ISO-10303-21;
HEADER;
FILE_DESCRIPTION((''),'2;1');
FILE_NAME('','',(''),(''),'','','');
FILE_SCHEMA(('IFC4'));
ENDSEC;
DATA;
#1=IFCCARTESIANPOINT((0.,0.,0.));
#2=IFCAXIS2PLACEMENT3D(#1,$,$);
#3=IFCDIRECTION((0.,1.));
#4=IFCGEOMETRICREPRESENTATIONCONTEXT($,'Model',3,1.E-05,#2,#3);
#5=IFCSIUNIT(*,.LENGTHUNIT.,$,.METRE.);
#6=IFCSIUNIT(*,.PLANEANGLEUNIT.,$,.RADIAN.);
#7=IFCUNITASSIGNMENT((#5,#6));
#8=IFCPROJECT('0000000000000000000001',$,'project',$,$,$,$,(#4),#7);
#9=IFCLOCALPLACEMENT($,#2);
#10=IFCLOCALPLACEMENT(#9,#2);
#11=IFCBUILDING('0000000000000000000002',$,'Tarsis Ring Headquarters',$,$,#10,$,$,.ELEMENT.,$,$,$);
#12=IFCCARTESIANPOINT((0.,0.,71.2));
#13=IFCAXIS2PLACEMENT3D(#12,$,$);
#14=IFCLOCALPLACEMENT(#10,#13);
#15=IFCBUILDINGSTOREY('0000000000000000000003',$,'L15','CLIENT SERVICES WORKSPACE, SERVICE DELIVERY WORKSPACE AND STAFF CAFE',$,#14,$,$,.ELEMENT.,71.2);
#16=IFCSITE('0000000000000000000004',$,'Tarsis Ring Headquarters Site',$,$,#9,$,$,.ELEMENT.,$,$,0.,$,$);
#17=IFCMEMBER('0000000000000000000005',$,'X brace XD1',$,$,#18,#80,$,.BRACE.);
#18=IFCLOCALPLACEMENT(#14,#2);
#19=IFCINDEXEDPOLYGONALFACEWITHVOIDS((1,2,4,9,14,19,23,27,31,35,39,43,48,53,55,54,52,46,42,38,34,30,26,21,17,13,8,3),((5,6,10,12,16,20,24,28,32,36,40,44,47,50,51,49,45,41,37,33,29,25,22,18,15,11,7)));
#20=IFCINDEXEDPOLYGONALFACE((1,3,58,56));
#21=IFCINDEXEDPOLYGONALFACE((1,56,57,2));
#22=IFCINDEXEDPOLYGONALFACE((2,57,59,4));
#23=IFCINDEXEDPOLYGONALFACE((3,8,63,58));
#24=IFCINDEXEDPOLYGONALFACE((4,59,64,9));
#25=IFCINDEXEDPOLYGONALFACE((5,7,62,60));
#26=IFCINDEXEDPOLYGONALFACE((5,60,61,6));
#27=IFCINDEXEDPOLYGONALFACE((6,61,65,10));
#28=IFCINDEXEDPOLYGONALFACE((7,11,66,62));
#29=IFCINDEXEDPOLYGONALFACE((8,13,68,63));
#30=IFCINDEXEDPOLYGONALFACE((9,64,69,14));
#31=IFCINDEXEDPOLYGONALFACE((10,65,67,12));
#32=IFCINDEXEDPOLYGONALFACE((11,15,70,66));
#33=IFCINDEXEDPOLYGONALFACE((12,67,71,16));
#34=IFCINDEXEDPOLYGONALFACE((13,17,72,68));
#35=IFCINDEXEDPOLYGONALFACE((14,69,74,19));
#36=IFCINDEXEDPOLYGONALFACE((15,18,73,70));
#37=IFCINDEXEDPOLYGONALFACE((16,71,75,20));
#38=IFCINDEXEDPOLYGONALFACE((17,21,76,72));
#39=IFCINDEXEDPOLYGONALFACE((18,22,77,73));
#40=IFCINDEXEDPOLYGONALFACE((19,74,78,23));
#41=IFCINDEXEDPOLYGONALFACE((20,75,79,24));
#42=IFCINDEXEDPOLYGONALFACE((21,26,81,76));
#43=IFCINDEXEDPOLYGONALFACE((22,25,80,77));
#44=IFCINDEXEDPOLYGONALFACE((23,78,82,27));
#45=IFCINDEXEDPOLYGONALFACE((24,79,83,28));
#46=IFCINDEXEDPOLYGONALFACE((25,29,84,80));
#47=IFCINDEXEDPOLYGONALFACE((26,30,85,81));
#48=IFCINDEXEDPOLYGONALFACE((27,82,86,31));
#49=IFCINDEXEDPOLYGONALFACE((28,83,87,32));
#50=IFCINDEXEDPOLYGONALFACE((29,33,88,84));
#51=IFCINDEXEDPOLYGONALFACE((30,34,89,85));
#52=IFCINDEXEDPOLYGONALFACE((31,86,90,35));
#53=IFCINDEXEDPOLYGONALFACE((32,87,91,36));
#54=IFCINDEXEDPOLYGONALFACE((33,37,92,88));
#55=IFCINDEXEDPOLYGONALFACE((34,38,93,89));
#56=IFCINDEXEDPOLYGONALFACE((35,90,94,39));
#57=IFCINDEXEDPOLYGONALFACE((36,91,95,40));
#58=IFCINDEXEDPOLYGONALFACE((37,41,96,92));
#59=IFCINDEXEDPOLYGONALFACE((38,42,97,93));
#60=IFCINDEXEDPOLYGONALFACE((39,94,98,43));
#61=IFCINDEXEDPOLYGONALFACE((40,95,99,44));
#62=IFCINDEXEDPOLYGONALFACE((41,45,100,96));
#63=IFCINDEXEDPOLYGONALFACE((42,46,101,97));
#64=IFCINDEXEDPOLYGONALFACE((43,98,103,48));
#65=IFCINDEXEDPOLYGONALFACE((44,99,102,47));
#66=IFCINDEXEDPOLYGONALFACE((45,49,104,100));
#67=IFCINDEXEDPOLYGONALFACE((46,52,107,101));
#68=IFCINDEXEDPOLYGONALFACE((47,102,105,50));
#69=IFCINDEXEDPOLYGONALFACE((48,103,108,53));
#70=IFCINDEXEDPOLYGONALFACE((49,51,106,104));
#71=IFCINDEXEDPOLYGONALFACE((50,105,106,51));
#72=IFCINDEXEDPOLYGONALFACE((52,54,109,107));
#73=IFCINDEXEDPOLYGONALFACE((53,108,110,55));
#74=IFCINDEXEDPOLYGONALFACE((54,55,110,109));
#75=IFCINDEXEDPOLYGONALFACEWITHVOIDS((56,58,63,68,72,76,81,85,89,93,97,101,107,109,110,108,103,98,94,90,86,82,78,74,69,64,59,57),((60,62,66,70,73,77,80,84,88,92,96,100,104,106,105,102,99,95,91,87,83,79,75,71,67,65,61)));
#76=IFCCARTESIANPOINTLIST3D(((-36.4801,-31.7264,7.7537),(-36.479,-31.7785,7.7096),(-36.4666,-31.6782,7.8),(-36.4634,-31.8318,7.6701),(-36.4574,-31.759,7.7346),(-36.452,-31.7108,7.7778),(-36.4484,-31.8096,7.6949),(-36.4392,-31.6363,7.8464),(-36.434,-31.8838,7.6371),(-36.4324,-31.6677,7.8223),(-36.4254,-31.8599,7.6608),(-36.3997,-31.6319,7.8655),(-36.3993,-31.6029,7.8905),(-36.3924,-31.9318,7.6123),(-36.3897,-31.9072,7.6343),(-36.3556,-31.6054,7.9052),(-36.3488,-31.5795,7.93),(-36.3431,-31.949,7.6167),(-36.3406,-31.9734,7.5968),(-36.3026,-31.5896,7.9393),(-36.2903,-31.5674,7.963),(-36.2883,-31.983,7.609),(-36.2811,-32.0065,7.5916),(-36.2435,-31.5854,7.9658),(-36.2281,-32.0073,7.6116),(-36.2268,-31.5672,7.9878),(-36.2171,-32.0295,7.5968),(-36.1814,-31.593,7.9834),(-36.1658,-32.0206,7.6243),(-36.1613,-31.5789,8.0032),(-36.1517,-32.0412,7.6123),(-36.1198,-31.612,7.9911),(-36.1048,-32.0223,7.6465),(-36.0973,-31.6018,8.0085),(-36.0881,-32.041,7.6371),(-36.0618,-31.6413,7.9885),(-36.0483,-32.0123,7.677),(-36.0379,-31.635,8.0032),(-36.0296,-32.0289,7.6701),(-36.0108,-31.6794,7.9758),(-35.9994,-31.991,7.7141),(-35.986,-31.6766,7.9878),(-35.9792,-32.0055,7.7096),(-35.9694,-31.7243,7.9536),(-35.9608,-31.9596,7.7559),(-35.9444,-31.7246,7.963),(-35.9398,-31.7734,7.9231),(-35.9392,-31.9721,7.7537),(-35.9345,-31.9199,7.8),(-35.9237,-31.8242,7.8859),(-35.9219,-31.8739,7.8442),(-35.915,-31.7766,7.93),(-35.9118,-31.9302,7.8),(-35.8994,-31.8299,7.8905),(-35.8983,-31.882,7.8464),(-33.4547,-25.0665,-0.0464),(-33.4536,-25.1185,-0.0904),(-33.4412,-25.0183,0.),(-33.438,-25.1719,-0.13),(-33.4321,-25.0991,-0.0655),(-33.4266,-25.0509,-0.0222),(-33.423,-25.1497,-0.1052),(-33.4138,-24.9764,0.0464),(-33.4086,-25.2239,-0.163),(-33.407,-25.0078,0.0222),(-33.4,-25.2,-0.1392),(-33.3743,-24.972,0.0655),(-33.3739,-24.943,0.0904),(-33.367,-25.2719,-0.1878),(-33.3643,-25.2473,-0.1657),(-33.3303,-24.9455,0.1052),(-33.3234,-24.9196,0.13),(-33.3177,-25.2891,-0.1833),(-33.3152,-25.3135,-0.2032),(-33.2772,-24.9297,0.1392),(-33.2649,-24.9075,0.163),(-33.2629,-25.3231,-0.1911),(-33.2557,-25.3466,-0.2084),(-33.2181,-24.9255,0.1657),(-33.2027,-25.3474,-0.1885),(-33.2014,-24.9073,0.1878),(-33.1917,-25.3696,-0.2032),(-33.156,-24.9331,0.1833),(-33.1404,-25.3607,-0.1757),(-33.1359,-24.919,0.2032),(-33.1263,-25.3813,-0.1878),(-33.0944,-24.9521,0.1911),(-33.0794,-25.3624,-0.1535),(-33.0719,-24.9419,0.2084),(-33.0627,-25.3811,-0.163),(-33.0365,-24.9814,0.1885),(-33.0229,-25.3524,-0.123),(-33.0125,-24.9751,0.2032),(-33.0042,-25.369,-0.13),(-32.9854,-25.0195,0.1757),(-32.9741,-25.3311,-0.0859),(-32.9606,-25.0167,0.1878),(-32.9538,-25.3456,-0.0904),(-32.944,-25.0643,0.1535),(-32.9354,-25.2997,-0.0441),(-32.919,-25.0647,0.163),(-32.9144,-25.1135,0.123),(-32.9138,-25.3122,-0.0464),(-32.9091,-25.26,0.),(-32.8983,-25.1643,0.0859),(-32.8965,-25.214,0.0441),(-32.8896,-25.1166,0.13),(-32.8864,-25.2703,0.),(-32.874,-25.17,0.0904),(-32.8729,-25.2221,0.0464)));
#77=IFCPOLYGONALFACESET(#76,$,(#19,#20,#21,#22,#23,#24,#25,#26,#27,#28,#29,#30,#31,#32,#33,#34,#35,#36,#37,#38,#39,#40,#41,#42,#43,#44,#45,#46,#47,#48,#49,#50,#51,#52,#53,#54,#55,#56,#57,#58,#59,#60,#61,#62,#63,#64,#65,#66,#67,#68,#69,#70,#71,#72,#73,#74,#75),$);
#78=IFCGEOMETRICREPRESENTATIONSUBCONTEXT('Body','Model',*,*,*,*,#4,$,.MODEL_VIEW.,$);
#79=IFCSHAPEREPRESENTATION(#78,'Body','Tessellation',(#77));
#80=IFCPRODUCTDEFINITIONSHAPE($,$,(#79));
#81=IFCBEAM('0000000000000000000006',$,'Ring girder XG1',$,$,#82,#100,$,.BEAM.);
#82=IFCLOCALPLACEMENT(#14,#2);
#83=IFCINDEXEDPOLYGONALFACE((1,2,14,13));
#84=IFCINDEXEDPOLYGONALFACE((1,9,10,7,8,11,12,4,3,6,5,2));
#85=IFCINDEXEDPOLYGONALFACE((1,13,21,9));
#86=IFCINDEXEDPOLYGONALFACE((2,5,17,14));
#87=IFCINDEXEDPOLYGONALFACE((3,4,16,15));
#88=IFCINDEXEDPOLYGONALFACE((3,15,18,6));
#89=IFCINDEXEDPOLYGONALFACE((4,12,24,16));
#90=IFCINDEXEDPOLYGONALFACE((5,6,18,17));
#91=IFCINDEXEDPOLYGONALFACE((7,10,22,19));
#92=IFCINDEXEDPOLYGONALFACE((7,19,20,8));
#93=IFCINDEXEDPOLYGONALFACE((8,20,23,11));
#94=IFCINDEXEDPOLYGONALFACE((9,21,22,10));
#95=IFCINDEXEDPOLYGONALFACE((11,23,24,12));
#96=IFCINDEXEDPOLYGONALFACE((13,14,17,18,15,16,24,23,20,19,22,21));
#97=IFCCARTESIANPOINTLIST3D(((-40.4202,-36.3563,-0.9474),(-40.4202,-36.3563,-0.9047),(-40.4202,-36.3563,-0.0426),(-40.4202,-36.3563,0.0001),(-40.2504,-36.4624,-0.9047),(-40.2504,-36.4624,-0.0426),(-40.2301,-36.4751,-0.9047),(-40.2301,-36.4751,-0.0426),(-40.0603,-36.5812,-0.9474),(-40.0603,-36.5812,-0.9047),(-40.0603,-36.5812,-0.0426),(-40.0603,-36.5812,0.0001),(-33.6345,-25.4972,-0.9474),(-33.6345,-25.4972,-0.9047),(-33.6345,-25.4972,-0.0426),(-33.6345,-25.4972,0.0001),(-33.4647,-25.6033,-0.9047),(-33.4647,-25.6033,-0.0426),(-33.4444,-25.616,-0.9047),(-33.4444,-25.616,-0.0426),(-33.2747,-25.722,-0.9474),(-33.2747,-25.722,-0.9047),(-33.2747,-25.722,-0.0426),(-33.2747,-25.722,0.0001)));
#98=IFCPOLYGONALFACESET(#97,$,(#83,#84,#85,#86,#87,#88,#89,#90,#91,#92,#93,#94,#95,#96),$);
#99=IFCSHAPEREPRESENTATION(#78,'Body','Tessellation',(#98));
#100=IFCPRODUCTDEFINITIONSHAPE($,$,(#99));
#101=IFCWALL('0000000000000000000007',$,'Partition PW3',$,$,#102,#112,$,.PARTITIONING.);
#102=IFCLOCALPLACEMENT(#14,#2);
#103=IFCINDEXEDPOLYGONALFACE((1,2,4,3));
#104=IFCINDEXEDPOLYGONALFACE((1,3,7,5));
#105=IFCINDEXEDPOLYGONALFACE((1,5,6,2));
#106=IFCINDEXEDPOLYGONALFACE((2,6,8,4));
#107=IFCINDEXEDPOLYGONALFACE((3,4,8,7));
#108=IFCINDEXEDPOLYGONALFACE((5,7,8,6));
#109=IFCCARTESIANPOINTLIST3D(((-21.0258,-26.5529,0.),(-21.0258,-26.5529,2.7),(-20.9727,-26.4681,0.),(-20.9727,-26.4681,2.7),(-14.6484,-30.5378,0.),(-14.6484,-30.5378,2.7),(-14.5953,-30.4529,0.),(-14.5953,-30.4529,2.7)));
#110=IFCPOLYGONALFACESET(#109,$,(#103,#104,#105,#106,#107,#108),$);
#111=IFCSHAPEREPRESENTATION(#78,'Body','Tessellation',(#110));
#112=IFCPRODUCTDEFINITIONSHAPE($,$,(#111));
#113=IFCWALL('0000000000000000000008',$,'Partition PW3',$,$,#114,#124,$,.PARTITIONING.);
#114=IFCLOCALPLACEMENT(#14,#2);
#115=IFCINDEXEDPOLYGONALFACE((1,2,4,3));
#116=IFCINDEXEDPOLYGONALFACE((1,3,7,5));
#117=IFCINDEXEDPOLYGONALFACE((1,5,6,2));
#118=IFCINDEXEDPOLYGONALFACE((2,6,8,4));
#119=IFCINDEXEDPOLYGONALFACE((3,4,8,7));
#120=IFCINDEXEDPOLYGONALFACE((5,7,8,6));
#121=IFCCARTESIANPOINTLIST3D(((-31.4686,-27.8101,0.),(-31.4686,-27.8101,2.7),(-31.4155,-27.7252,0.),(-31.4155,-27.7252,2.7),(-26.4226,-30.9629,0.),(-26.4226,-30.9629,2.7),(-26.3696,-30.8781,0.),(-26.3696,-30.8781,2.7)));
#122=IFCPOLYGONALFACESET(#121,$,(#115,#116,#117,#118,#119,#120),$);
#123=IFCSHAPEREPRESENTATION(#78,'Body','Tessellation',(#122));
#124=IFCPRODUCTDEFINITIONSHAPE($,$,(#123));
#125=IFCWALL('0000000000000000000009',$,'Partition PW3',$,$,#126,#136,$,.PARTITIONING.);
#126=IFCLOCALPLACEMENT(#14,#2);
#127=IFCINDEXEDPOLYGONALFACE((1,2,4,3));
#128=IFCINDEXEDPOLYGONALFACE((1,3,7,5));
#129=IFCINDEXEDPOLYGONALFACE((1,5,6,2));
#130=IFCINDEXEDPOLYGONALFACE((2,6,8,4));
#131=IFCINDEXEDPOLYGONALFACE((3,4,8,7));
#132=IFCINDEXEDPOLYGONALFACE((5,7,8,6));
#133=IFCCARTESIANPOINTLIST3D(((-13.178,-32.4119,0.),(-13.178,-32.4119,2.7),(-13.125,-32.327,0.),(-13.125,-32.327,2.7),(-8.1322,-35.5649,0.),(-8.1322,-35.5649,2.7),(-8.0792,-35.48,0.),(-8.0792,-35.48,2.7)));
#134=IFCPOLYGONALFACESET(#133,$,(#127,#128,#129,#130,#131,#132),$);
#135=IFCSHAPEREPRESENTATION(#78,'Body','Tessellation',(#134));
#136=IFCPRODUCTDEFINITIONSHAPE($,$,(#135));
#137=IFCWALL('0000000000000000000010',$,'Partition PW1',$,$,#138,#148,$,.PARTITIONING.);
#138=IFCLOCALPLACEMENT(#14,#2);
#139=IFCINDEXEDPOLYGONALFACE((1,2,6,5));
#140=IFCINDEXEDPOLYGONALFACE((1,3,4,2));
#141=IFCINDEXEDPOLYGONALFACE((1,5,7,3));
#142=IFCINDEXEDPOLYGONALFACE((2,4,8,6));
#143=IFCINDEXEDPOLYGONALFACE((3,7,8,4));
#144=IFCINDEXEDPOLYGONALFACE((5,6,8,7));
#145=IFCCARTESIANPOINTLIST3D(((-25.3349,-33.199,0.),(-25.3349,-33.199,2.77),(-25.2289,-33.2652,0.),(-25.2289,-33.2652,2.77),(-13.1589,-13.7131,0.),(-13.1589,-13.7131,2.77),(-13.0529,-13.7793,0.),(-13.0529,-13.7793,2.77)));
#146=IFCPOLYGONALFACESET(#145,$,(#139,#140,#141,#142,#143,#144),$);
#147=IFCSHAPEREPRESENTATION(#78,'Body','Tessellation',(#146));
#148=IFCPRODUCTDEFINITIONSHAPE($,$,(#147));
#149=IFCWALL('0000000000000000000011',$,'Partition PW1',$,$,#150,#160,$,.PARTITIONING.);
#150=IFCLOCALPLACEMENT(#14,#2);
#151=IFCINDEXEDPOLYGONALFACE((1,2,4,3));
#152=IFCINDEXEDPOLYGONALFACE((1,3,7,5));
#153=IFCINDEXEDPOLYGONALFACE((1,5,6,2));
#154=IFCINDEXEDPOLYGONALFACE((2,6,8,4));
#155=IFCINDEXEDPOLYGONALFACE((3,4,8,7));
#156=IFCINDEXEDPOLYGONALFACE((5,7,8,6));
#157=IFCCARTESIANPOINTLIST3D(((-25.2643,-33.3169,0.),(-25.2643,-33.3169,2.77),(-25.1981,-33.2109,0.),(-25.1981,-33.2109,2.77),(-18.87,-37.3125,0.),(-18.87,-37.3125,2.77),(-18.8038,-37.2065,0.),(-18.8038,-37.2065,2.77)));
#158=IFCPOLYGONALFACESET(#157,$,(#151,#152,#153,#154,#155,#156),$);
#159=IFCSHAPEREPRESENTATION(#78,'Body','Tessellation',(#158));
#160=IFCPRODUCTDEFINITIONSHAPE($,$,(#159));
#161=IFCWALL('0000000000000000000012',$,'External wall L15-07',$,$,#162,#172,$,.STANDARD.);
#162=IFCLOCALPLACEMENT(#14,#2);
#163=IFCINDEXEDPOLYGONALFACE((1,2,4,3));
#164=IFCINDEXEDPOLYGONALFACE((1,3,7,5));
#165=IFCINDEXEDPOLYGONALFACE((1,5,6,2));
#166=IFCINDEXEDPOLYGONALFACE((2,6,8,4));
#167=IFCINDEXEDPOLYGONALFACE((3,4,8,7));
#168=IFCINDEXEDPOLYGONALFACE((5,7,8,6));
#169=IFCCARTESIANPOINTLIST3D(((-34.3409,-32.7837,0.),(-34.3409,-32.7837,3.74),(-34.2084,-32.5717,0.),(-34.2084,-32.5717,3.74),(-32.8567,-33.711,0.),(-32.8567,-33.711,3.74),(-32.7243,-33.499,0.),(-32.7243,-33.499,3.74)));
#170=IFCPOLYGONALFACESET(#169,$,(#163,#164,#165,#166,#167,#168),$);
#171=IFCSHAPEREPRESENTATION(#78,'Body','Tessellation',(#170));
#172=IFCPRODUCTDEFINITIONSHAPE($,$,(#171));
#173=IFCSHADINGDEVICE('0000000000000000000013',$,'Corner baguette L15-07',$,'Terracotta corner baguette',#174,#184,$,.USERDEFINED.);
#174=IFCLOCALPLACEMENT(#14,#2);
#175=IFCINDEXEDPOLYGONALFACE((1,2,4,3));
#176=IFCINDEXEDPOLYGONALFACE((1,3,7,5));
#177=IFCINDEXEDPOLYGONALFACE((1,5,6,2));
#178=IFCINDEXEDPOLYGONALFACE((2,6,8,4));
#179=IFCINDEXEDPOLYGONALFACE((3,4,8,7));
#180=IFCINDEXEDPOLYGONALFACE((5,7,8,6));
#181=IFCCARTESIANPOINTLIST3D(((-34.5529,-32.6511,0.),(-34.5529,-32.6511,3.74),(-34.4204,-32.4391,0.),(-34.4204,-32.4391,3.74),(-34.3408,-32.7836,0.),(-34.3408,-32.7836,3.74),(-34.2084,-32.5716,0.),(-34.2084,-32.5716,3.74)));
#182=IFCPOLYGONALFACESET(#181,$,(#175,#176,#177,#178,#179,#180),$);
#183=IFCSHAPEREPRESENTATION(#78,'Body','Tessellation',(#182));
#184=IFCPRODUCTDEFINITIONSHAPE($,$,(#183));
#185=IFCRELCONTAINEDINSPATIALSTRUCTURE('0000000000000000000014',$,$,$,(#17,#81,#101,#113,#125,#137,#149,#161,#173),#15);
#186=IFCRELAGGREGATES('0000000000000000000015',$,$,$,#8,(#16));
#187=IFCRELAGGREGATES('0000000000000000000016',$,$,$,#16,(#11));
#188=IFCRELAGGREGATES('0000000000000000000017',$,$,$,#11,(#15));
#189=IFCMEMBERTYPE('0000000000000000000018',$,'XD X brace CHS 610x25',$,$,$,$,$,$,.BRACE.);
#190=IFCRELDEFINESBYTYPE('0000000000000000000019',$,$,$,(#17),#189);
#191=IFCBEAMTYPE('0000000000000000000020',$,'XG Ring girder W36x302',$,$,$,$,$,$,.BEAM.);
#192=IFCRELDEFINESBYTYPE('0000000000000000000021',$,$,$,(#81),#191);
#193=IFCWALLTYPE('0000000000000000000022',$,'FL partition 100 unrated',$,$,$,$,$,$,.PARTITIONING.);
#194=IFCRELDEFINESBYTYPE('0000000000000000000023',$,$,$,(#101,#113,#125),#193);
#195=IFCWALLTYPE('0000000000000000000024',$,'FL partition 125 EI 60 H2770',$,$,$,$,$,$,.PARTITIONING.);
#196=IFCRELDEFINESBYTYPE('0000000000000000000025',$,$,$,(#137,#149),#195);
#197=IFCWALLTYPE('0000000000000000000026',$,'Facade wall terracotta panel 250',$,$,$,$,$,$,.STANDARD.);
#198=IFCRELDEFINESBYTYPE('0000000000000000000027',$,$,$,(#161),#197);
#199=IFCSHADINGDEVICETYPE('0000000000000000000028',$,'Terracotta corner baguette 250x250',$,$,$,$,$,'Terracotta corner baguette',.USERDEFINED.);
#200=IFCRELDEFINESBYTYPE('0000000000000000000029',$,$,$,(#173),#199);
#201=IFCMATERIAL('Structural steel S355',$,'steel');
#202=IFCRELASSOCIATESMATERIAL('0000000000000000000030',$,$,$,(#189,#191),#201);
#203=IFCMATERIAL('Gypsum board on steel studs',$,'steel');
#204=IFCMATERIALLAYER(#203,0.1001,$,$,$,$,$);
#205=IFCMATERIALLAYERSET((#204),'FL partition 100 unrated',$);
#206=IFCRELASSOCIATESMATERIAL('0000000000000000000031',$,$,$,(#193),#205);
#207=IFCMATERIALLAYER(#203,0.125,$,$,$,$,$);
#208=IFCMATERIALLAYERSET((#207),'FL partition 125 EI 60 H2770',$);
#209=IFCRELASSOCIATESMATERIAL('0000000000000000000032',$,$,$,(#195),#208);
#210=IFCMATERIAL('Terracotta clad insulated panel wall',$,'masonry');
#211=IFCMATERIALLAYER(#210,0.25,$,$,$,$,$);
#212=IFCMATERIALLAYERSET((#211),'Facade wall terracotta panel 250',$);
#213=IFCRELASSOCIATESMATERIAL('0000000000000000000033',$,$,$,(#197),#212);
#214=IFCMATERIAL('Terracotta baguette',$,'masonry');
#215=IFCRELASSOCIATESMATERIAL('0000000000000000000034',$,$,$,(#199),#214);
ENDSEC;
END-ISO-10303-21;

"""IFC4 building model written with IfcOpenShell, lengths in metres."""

from ifc_helpers import new_model, si_unit, direction, frame, frame_2d, origin, origin_2d, place, context, subcontext, project, spatial, rectangle, hollow_circle, i_section, extrude, material, layer, layer_set, material_profile, profile_set, type_object, element, save


model = new_model("IFC4")

# Units and contexts
model_context = context("Model", 3, precision=1e-05, world=origin(), true_north=direction((0.0, 1.0)))
body_context = subcontext(model_context, "Body", "Model", "MODEL_VIEW")
ifc_project = project(units=[si_unit("LENGTHUNIT", "METRE"), si_unit("PLANEANGLEUNIT", "RADIAN")], contexts=[model_context])

# Site, building, storey
site_placement = place(None, origin())
site = spatial("IfcSite", under=ifc_project, at=site_placement, Name="Tarsis Ring Headquarters Site", CompositionType="ELEMENT", RefElevation=0.0)
building_placement = place(site_placement, origin())
building = spatial("IfcBuilding", under=site, at=building_placement, Name="Tarsis Ring Headquarters", CompositionType="ELEMENT")
storey_placement = place(building_placement, frame((0.0, 0.0, 71.2)))
storey = spatial("IfcBuildingStorey", under=building, at=storey_placement, Name="L15", Description="CLIENT SERVICES WORKSPACE, SERVICE DELIVERY WORKSPACE AND STAFF CAFE", CompositionType="ELEMENT", Elevation=71.2)

# Shared definitions
ifc_material_1 = material(Name="Structural steel S355", Category="steel")

# Member
ifc_material_profile_1 = material_profile(ifc_material_1, hollow_circle(Radius=0.3047, WallThickness=0.0249, at=origin_2d()), Name="CHS 610x25")
ifc_profile_set_1 = profile_set([ifc_material_profile_1], Name="Structural steel S355")
member_type = type_object("IfcMemberType", Name="XD X brace CHS 610x25", PredefinedType="BRACE", material=ifc_profile_set_1)
member_placement = place(storey_placement, frame((-33.1638, -25.1443, 0.0), z_axis=(-0.282922, -0.622808, 0.729428), x_axis=(0.910461, -0.413594, 0.0)))
element("IfcMember", 1, at=member_placement, inside=storey, type_object=member_type, Name="X brace XD1", PredefinedType="BRACE", context=body_context, shape_type="SweptSolid", body=[
    extrude(hollow_circle(Radius=0.3047, WallThickness=0.0249, at=origin_2d()), origin(), (0.0, 0.0, 1.0), 10.6934),
])

# Beam
ifc_material_profile_2 = material_profile(ifc_material_1, i_section(OverallWidth=0.4243, OverallDepth=0.9475, WebThickness=0.0239, FlangeThickness=0.0427, at=origin_2d()), Name="W36x302")
ifc_profile_set_2 = profile_set([ifc_material_profile_2], Name="Structural steel S355")
beam_type_1 = type_object("IfcBeamType", Name="XG Ring girder W36x302", PredefinedType="BEAM", material=ifc_profile_set_2)
beam_1_placement = place(storey_placement, frame((-33.4546, -25.6096, -0.4736), z_axis=(-0.529925, -0.848044, 0.0), x_axis=(0.848044, -0.529925, 0.0)))
element("IfcBeam", 2, at=beam_1_placement, inside=storey, type_object=beam_type_1, Name="Ring girder XG1", PredefinedType="BEAM", context=body_context, shape_type="SweptSolid", body=[
    extrude(i_section(OverallWidth=0.4243, OverallDepth=0.9475, WebThickness=0.0239, FlangeThickness=0.0427, at=origin_2d()), origin(), (0.0, 0.0, 1.0), 12.8049),
])

# Walls
ifc_material_2 = material(Name="Gypsum board on steel studs", Category="steel")
ifc_layer_1 = layer(ifc_material_2, 0.1001)
ifc_layer_set_1 = layer_set([ifc_layer_1], Name="FL partition 100 unrated")
wall_type_1 = type_object("IfcWallType", Name="FL partition 100 unrated", PredefinedType="PARTITIONING", material=ifc_layer_set_1)
wall_1_placement = place(storey_placement, frame((-20.9993, -26.5105, 0.0), z_axis=(0.0, 0.0, 1.0), x_axis=(0.84806, -0.5299, 0.0)))
element("IfcWall", 3, at=wall_1_placement, inside=storey, type_object=wall_type_1, Name="Partition PW3", PredefinedType="PARTITIONING", context=body_context, shape_type="SweptSolid", body=[
    extrude(rectangle(XDim=7.52, YDim=0.1001, at=frame_2d((3.76, 0.0))), origin(), (0.0, 0.0, 1.0), 2.7),
])
for number, where, z_axis, x_axis, name in (
    (4, (-31.4421, -27.7676, 0.0), (0.0, 0.0, 1.0), (0.848063, -0.529896, 0.0), "Partition PW3"),
    (5, (-13.1516, -32.3694, 0.0), (0.0, 0.0, 1.0), (0.848044, -0.529925, 0.0), "Partition PW3"),
):
    element("IfcWall", number, at=place(storey_placement, frame(where, z_axis=z_axis, x_axis=x_axis)), inside=storey, type_object=wall_type_1, Name=name, PredefinedType="PARTITIONING", context=body_context, shape_type="SweptSolid", body=[
        extrude(rectangle(XDim=5.95, YDim=0.1001, at=frame_2d((2.9751, 0.0))), origin(), (0.0, 0.0, 1.0), 2.7),
    ])
ifc_layer_2 = layer(ifc_material_2, 0.125)
ifc_layer_set_2 = layer_set([ifc_layer_2], Name="FL partition 125 EI 60 H2770")
wall_type_2 = type_object("IfcWallType", Name="FL partition 125 EI 60 H2770", PredefinedType="PARTITIONING", material=ifc_layer_set_2)
wall_2_placement = place(storey_placement, frame((-25.282, -33.2322, 0.0), z_axis=(0.0, 0.0, 1.0), x_axis=(0.529917, 0.84805, 0.0)))
element("IfcWall", 6, at=wall_2_placement, inside=storey, type_object=wall_type_2, Name="Partition PW1", PredefinedType="PARTITIONING", context=body_context, shape_type="SweptSolid", body=[
    extrude(rectangle(XDim=22.9773, YDim=0.125, at=frame_2d((11.4888, 0.0))), origin(), (0.0, 0.0, 1.0), 2.77),
])
wall_3_placement = place(storey_placement, frame((-25.2312, -33.2639, 0.0), z_axis=(0.0, 0.0, 1.0), x_axis=(0.848047, -0.52992, 0.0)))
element("IfcWall", 7, at=wall_3_placement, inside=storey, type_object=wall_type_2, Name="Partition PW1", PredefinedType="PARTITIONING", context=body_context, shape_type="SweptSolid", body=[
    extrude(rectangle(XDim=7.54, YDim=0.125, at=frame_2d((3.77, 0.0))), origin(), (0.0, 0.0, 1.0), 2.77),
])
ifc_material_3 = material(Name="Terracotta clad insulated panel wall", Category="masonry")
ifc_layer_3 = layer(ifc_material_3, 0.25)
ifc_layer_set_3 = layer_set([ifc_layer_3], Name="Facade wall terracotta panel 250")
wall_type_3 = type_object("IfcWallType", Name="Facade wall terracotta panel 250", PredefinedType="STANDARD", material=ifc_layer_set_3)
wall_4_placement = place(storey_placement, frame((-34.2747, -32.6777, 0.0), z_axis=(0.0, 0.0, 1.0), x_axis=(0.848085, -0.529861, 0.0)))
element("IfcWall", 8, at=wall_4_placement, inside=storey, type_object=wall_type_3, Name="External wall L15-07", PredefinedType="STANDARD", context=body_context, shape_type="SweptSolid", body=[
    extrude(rectangle(XDim=1.75, YDim=0.25, at=frame_2d((0.875, 0.0))), origin(), (0.0, 0.0, 1.0), 3.74),
])

# Shading device
ifc_material_4 = material(Name="Terracotta baguette", Category="masonry")
shading_device_type_1 = type_object("IfcShadingDeviceType", Name="Terracotta corner baguette 250x250", ElementType="Terracotta corner baguette", PredefinedType="USERDEFINED", material=ifc_material_4)
shading_device_1_placement = place(storey_placement, frame((-34.3806, -32.6113, 0.0), z_axis=(0.0, 0.0, 1.0), x_axis=(-0.529919, -0.848048, 0.0)))
element("IfcShadingDevice", 9, at=shading_device_1_placement, inside=storey, type_object=shading_device_type_1, Name="Corner baguette L15-07", ObjectType="Terracotta corner baguette", PredefinedType="USERDEFINED", context=body_context, shape_type="SweptSolid", body=[
    extrude(rectangle(XDim=0.25, YDim=0.25, at=origin_2d()), origin(), (0.0, 0.0, 1.0), 3.74),
])

save(model, "model.ifc")
